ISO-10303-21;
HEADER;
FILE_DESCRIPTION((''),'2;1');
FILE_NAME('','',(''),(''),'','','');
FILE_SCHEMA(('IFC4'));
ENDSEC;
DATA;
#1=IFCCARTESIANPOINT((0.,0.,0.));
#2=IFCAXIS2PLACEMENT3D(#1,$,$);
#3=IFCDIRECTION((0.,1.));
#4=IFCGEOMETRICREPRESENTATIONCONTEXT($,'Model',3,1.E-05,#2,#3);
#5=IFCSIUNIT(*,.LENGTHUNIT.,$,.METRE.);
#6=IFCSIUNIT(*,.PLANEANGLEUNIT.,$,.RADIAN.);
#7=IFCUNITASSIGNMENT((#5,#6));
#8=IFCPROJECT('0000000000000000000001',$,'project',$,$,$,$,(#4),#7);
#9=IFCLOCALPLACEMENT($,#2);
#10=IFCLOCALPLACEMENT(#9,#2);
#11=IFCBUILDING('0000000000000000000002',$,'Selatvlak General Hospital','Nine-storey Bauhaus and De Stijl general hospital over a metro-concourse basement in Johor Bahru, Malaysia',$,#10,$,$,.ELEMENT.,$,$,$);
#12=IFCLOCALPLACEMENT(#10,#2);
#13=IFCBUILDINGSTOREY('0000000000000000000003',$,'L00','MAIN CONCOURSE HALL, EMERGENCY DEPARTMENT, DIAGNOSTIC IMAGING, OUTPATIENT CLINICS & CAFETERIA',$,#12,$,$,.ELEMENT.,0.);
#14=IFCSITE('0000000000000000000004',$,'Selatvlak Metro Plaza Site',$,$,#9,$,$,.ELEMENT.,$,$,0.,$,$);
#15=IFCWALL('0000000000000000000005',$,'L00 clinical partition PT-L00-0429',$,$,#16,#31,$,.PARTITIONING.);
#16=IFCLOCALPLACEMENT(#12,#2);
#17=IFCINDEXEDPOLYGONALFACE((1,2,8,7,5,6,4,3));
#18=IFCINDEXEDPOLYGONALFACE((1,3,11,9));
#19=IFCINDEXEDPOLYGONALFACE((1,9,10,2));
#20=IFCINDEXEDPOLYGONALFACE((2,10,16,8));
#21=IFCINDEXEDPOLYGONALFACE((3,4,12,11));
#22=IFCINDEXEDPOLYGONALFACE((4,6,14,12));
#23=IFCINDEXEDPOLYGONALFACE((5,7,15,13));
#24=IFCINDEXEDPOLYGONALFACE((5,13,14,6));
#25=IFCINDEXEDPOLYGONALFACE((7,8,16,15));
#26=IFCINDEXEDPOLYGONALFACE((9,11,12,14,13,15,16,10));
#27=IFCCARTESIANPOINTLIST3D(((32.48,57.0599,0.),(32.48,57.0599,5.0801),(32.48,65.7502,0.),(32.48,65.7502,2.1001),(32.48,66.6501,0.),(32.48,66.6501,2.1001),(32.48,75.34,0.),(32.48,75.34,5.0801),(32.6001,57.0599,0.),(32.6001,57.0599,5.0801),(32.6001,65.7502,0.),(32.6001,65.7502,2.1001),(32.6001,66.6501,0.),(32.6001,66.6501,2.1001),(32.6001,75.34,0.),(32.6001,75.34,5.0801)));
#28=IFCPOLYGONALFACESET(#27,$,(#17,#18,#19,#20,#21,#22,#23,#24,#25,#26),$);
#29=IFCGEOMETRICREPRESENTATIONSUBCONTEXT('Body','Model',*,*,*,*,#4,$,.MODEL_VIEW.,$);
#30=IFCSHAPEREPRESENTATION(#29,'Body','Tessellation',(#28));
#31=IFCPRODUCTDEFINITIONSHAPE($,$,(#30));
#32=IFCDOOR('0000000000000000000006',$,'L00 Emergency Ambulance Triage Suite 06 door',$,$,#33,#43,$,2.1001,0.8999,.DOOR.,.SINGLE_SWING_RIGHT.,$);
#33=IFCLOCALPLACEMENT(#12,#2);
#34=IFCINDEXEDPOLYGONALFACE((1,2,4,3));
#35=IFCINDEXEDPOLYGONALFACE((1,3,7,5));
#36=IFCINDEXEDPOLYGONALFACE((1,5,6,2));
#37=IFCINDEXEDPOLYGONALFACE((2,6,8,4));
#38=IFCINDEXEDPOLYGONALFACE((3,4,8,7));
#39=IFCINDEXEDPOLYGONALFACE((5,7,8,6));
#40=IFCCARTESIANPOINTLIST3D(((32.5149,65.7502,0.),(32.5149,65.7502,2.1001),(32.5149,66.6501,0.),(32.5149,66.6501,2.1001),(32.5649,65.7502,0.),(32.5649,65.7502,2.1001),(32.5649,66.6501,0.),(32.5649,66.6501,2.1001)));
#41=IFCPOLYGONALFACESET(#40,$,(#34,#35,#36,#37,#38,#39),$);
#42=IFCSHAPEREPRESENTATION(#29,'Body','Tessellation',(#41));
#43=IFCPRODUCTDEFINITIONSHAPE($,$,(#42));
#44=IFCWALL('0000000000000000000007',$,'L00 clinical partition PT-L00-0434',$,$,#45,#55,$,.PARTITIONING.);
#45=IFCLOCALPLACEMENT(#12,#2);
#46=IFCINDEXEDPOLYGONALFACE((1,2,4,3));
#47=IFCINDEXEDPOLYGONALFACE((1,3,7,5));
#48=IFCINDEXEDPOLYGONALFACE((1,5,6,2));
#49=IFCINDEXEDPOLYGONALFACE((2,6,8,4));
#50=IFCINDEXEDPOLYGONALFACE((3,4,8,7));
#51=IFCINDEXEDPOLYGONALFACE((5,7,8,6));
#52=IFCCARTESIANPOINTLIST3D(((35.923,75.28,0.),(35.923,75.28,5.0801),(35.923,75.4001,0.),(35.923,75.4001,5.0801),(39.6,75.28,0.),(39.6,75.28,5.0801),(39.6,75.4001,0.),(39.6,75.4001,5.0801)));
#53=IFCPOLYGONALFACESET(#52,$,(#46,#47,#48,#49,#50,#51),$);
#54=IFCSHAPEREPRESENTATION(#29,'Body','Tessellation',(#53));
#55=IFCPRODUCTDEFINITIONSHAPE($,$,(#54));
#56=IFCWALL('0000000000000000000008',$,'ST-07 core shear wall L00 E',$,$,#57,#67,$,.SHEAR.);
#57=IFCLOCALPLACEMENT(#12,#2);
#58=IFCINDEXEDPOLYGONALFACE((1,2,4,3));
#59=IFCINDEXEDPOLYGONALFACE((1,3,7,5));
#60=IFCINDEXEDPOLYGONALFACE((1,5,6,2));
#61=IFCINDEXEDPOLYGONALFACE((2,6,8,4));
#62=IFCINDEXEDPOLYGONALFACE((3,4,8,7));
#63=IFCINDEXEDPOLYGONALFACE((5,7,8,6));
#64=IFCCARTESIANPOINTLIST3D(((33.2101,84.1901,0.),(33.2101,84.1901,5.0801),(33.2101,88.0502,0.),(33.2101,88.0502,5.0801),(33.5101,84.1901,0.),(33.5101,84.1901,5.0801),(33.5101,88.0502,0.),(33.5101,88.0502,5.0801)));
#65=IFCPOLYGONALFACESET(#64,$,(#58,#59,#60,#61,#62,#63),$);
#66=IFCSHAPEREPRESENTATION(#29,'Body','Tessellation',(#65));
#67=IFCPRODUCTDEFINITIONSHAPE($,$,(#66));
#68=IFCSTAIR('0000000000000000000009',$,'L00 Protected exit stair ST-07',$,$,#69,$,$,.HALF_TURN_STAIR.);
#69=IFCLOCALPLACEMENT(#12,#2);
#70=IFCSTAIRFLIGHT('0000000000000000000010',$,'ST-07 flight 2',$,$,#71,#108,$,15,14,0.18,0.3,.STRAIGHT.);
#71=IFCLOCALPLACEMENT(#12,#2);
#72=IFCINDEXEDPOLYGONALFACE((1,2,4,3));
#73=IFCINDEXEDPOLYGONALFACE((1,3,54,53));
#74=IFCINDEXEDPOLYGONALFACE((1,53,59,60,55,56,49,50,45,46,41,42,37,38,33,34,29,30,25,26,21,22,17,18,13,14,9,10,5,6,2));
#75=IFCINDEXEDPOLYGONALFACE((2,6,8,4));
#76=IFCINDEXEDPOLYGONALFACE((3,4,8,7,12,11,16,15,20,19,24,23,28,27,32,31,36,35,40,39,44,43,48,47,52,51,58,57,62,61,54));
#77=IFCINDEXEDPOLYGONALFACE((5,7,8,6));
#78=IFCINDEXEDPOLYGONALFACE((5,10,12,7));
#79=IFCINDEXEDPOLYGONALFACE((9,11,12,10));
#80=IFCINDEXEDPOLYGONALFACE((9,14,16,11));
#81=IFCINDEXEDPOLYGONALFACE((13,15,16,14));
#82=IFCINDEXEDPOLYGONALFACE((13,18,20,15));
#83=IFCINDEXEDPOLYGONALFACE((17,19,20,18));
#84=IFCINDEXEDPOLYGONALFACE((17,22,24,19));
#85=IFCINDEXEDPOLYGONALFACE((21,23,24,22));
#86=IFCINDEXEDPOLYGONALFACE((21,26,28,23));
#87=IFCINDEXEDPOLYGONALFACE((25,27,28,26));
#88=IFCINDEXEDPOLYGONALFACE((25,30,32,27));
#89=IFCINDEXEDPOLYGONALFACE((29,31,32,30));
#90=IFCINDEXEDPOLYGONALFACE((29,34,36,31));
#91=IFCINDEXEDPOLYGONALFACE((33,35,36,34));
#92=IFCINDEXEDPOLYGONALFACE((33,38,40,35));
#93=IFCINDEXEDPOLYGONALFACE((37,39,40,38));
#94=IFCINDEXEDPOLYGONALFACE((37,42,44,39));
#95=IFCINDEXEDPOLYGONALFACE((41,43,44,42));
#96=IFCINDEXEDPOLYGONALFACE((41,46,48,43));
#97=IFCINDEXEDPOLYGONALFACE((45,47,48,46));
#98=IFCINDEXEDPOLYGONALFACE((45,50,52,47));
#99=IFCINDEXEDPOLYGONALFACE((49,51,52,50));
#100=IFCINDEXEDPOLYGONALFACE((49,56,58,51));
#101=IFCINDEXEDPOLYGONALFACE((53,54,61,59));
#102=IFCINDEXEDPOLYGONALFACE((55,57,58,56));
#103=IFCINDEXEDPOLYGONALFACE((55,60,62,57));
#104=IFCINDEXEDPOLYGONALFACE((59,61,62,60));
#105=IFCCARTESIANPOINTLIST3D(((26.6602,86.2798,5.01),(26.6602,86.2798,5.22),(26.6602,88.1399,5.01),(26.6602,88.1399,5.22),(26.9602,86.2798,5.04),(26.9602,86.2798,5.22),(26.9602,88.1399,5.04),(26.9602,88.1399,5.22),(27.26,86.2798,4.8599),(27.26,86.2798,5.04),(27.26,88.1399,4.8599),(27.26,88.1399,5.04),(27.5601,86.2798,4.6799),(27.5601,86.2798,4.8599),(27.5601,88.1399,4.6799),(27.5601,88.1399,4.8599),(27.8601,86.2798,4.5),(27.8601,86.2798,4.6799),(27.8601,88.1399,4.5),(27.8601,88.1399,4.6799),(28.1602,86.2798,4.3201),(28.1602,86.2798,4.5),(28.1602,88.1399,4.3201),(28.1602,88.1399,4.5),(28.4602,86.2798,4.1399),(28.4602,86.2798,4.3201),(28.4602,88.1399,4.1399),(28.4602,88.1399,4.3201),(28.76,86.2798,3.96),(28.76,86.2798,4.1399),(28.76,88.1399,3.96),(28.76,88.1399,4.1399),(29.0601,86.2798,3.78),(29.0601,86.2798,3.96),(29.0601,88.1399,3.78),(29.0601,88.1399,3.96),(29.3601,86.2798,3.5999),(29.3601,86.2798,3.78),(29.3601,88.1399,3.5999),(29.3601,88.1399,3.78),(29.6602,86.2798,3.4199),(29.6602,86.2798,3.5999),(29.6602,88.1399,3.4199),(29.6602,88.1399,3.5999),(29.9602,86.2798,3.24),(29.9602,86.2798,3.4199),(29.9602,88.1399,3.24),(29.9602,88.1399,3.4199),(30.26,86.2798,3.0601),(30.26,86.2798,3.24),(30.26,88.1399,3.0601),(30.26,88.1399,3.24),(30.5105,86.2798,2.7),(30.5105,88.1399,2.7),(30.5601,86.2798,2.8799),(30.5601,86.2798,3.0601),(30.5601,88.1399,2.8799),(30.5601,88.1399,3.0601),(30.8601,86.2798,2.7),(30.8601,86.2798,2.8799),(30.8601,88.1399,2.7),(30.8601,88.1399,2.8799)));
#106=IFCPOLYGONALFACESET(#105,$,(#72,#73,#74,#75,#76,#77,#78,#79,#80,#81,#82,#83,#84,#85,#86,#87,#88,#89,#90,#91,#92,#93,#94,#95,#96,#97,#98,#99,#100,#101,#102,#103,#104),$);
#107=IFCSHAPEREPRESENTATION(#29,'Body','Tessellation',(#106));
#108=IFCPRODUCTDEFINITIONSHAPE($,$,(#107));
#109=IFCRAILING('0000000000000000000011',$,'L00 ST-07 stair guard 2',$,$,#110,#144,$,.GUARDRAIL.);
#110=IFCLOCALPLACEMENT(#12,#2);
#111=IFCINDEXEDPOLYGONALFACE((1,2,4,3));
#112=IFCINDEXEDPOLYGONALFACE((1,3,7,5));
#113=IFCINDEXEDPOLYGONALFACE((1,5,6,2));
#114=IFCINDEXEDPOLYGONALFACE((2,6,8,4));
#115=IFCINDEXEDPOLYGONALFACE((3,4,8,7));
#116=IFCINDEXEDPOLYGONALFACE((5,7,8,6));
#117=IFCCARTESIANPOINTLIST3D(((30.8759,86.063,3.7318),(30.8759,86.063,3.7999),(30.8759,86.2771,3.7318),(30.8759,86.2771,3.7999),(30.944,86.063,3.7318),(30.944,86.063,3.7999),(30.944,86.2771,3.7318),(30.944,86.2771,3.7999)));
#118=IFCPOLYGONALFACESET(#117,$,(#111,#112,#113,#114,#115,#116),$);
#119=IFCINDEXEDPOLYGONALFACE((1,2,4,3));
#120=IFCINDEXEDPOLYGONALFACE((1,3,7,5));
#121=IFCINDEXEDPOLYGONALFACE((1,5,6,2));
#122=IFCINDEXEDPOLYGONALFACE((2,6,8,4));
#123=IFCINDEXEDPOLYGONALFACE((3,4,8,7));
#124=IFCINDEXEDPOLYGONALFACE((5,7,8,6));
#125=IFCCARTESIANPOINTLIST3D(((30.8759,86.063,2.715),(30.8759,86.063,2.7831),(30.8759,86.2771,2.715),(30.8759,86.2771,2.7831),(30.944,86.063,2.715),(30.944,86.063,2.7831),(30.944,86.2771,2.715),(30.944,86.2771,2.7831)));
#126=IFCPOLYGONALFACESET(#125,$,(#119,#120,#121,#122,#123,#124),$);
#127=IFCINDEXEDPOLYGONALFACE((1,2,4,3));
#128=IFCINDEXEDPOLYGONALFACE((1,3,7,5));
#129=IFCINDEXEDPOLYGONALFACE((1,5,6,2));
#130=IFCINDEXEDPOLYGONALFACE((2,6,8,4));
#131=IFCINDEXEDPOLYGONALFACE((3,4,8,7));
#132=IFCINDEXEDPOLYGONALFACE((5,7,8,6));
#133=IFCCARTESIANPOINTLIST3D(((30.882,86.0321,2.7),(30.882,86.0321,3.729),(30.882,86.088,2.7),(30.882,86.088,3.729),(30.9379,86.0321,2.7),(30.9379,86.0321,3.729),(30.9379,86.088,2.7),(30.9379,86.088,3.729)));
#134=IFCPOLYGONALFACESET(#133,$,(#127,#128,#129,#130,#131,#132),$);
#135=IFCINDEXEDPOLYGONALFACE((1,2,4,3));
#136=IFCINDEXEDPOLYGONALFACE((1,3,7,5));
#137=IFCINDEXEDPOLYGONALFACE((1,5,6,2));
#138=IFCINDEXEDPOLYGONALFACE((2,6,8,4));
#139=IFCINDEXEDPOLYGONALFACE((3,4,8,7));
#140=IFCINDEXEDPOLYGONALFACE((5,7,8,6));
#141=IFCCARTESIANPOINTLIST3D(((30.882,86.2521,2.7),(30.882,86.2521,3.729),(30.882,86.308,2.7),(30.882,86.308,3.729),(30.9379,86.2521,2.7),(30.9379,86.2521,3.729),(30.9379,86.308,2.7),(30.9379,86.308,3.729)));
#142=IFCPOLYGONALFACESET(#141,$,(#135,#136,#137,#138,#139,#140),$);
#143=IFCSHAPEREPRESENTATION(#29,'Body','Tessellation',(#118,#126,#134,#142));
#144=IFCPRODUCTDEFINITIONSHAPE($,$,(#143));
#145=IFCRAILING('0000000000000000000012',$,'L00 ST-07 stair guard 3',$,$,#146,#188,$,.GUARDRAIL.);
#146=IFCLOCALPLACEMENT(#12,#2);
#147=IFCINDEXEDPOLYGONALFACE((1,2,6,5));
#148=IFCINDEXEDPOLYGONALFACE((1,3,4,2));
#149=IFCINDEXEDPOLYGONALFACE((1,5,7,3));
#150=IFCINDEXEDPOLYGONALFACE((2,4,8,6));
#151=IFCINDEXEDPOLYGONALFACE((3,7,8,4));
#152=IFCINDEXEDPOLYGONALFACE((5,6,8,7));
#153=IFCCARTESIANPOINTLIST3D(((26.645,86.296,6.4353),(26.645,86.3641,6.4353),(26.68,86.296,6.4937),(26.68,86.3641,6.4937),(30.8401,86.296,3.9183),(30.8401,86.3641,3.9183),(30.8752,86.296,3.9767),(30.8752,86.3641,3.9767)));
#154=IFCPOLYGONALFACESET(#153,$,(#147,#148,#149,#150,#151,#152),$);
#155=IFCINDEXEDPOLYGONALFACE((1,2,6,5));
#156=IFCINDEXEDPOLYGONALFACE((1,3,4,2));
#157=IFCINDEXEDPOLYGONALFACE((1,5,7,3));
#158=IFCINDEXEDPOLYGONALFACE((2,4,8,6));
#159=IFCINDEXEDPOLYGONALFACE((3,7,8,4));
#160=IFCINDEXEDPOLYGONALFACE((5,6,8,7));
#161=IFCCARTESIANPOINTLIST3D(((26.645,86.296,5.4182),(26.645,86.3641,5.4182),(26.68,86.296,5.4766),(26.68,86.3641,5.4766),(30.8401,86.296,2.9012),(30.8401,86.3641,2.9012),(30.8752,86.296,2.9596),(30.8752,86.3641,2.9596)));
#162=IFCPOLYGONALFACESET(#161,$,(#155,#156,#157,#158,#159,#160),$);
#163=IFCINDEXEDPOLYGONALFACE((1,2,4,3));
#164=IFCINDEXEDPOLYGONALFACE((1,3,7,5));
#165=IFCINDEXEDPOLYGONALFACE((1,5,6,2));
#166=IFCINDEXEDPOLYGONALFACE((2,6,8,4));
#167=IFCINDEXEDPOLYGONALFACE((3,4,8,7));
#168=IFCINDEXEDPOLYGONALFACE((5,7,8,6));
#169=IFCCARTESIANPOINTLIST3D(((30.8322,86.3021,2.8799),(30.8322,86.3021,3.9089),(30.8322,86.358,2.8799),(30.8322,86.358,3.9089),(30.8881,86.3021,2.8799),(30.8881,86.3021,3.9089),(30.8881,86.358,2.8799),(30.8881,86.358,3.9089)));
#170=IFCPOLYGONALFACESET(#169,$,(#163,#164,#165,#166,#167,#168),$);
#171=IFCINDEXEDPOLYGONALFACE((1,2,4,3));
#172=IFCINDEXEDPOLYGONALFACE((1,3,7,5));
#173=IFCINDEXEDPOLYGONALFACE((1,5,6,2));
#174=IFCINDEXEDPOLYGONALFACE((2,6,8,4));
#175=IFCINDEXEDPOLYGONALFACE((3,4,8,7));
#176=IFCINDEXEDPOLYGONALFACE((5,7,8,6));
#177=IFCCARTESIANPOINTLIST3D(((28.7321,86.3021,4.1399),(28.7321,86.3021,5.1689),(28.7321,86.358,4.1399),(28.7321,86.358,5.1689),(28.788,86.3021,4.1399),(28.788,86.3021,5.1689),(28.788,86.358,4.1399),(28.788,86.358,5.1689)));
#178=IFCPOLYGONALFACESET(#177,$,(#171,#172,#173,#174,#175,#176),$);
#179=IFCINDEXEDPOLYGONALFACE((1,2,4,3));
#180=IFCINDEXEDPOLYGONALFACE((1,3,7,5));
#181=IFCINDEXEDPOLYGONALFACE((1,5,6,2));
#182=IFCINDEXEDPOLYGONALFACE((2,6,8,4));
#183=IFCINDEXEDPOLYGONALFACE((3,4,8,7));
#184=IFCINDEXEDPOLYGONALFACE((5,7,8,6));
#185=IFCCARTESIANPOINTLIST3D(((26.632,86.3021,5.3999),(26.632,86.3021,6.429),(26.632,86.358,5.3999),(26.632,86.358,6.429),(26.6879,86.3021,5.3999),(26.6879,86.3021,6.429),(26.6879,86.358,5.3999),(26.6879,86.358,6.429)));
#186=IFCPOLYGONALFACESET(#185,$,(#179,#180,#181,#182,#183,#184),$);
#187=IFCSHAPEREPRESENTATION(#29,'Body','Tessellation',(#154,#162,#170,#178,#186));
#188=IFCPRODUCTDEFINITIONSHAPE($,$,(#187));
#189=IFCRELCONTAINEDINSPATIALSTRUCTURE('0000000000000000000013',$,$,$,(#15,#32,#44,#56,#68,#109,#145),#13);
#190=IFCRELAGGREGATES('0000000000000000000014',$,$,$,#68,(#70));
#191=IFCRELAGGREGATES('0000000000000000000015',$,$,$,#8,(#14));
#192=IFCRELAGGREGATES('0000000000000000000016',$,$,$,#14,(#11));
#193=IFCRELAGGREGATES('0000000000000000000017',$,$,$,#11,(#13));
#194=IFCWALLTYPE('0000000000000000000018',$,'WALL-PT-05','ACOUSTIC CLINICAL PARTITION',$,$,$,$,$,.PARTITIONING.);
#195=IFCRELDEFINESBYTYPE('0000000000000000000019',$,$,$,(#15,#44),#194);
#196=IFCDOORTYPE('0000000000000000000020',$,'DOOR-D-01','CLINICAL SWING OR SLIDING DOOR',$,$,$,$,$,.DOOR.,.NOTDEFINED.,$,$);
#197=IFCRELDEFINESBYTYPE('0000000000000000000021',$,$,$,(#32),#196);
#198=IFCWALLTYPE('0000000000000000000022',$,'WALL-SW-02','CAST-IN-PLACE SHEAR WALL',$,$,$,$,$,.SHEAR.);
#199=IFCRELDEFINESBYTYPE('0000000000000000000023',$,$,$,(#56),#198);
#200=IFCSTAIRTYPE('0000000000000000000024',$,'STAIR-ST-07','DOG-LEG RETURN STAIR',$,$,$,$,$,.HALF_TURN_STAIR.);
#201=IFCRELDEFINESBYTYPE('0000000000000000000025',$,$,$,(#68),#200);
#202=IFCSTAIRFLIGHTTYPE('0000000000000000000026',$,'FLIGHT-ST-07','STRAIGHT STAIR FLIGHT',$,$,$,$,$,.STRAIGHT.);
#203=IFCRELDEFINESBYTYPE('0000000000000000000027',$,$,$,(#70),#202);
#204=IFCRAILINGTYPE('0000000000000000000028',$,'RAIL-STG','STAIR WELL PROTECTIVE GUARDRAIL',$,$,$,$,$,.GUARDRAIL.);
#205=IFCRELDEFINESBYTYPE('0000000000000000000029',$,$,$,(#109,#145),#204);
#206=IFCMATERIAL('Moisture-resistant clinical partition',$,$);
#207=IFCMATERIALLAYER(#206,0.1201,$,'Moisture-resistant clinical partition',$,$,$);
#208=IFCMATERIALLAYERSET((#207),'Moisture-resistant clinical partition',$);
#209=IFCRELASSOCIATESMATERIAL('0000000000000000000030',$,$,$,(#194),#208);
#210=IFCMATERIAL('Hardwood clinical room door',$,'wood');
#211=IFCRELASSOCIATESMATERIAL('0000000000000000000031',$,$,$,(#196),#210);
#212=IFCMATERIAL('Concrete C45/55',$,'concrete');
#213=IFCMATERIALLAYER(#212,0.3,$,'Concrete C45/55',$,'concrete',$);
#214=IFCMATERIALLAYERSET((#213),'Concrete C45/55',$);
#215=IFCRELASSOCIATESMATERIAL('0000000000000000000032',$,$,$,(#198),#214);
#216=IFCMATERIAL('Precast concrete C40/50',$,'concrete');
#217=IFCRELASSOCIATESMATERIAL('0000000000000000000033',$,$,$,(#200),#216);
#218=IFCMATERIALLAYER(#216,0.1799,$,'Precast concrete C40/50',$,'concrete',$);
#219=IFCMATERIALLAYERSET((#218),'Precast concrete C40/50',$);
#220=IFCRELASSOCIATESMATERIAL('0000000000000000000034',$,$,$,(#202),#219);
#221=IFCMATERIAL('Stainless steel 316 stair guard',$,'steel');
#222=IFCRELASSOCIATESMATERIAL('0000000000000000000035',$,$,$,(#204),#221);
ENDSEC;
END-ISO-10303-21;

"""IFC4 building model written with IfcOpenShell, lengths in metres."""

from ifc_helpers import new_model, si_unit, direction, frame, frame_2d, origin, origin_2d, place, context, subcontext, project, spatial, polyline, rectangle, outline, extrude, material, layer, layer_set, type_object, element, fill, aggregate, save


model = new_model("IFC4")

# Units and contexts
model_context = context("Model", 3, precision=1e-05, world=origin(), true_north=direction((0.0, 1.0)))
body_context = subcontext(model_context, "Body", "Model", "MODEL_VIEW")
ifc_project = project(units=[si_unit("LENGTHUNIT", "METRE"), si_unit("PLANEANGLEUNIT", "RADIAN")], contexts=[model_context])

# Site, building, storey
site_placement = place(None, origin())
site = spatial("IfcSite", under=ifc_project, at=site_placement, Name="Selatvlak Metro Plaza Site", CompositionType="ELEMENT", RefElevation=0.0)
building_placement = place(site_placement, origin())
building = spatial("IfcBuilding", under=site, at=building_placement, Name="Selatvlak General Hospital", Description="Nine-storey Bauhaus and De Stijl general hospital over a metro-concourse basement in Johor Bahru, Malaysia", CompositionType="ELEMENT")
storey_placement = place(building_placement, origin())
storey = spatial("IfcBuildingStorey", under=building, at=storey_placement, Name="L00", Description="MAIN CONCOURSE HALL, EMERGENCY DEPARTMENT, DIAGNOSTIC IMAGING, OUTPATIENT CLINICS & CAFETERIA", CompositionType="ELEMENT", Elevation=0.0)

# Shared definitions
ifc_material_1 = material(Name="Moisture-resistant clinical partition")

# Shared definitions
ifc_layer_1 = layer(ifc_material_1, 0.1201, Name="Moisture-resistant clinical partition")
ifc_layer_set_1 = layer_set([ifc_layer_1], Name="Moisture-resistant clinical partition")
wall_type_1 = type_object("IfcWallType", Name="WALL-PT-05", Description="ACOUSTIC CLINICAL PARTITION", PredefinedType="PARTITIONING", material=ifc_layer_set_1)

# Wall, opening, door
wall_1_placement = place(storey_placement, frame((32.54, 75.3401, 0.0), z_axis=(0.0, 0.0, 1.0), x_axis=(0.0, -1.0, 0.0)))
wall_1 = element("IfcWall", 1, at=wall_1_placement, inside=storey, type_object=wall_type_1, Name="L00 clinical partition PT-L00-0429", PredefinedType="PARTITIONING", context=body_context, shape_type="SweptSolid", body=[
    extrude(rectangle(XDim=18.28, YDim=0.1201, at=frame_2d((9.1401, 0.0))), origin(), (0.0, 0.0, 1.0), 5.0801),
])
opening_1_placement = place(wall_1_placement, frame((8.6899, 0.0, 0.0)))
opening_1 = element("IfcOpeningElement", 2, at=opening_1_placement, cuts=wall_1, PredefinedType="OPENING", context=body_context, shape_type="SweptSolid", body=[
    extrude(rectangle(XDim=0.8999, YDim=2.1001, at=frame_2d((0.45, 1.05))), frame((0.0, 0.0701, 0.0), z_axis=(0.0, -1.0, 0.0), x_axis=(1.0, 0.0, 0.0)), (0.0, 0.0, 1.0), 0.1401),
])
ifc_material_2 = material(Name="Hardwood clinical room door", Category="wood")
door_type_1 = type_object("IfcDoorType", Name="DOOR-D-01", Description="CLINICAL SWING OR SLIDING DOOR", OperationType="NOTDEFINED", PredefinedType="DOOR", material=ifc_material_2)
door_1_placement = place(opening_1_placement, origin())
door_1 = element("IfcDoor", 3, at=door_1_placement, inside=storey, type_object=door_type_1, Name="L00 Emergency Ambulance Triage Suite 06 door", OperationType="SINGLE_SWING_RIGHT", OverallHeight=2.1001, OverallWidth=0.8999, PredefinedType="DOOR", context=body_context, shape_type="SweptSolid", body=[
    extrude(rectangle(XDim=0.8999, YDim=2.1001, at=frame_2d((0.45, 1.05))), frame((0.0, 0.0249, 0.0), z_axis=(0.0, -1.0, 0.0), x_axis=(1.0, 0.0, 0.0)), (0.0, 0.0, 1.0), 0.05),
])
fill(opening_1, door_1)

# Walls
wall_2_placement = place(storey_placement, frame((35.9231, 75.3401, 0.0), z_axis=(0.0, 0.0, 1.0), x_axis=(1.0, 0.0, 0.0)))
element("IfcWall", 4, at=wall_2_placement, inside=storey, type_object=wall_type_1, Name="L00 clinical partition PT-L00-0434", PredefinedType="PARTITIONING", context=body_context, shape_type="SweptSolid", body=[
    extrude(rectangle(XDim=3.677, YDim=0.1201, at=frame_2d((1.8384, 0.0))), origin(), (0.0, 0.0, 1.0), 5.0801),
])
ifc_material_3 = material(Name="Concrete C45/55", Category="concrete")
ifc_layer_2 = layer(ifc_material_3, 0.3, Name="Concrete C45/55", Category="concrete")
ifc_layer_set_2 = layer_set([ifc_layer_2], Name="Concrete C45/55")
wall_type_2 = type_object("IfcWallType", Name="WALL-SW-02", Description="CAST-IN-PLACE SHEAR WALL", PredefinedType="SHEAR", material=ifc_layer_set_2)
wall_3_placement = place(storey_placement, frame((33.3601, 84.1899, 0.0), z_axis=(0.0, 0.0, 1.0), x_axis=(0.0, 1.0, 0.0)))
element("IfcWall", 5, at=wall_3_placement, inside=storey, type_object=wall_type_2, Name="ST-07 core shear wall L00 E", PredefinedType="SHEAR", context=body_context, shape_type="SweptSolid", body=[
    extrude(rectangle(XDim=3.8601, YDim=0.3, at=frame_2d((1.9302, 0.0))), origin(), (0.0, 0.0, 1.0), 5.0801),
])

# Stair, stair flight
ifc_material_4 = material(Name="Precast concrete C40/50", Category="concrete")
stair_type = type_object("IfcStairType", Name="STAIR-ST-07", Description="DOG-LEG RETURN STAIR", PredefinedType="HALF_TURN_STAIR", material=ifc_material_4)
stair_placement = place(storey_placement, origin())
stair = element("IfcStair", 6, at=stair_placement, inside=storey, type_object=stair_type, Name="L00 Protected exit stair ST-07", PredefinedType="HALF_TURN_STAIR")
ifc_layer_3 = layer(ifc_material_4, 0.1799, Name="Precast concrete C40/50", Category="concrete")
ifc_layer_set_3 = layer_set([ifc_layer_3], Name="Precast concrete C40/50")
stair_flight_type = type_object("IfcStairFlightType", Name="FLIGHT-ST-07", Description="STRAIGHT STAIR FLIGHT", PredefinedType="STRAIGHT", material=ifc_layer_set_3)
stair_flight_placement = place(storey_placement, frame((30.8601, 87.21, 2.7), z_axis=(0.0, 0.0, 1.0), x_axis=(-1.0, 0.0, 0.0)))
stair_flight = element("IfcStairFlight", 7, at=stair_flight_placement, type_object=stair_flight_type, Name="ST-07 flight 2", NumberOfRisers=15, NumberOfTreads=14, PredefinedType="STRAIGHT", RiserHeight=0.18, TreadLength=0.3, context=body_context, shape_type="SweptSolid", body=[
    extrude(outline(polyline([(0.0, 0.0), (0.0, 0.1799), (0.3, 0.1799), (0.3, 0.3601), (0.6001, 0.3601), (0.6001, 0.54), (0.8999, 0.54), (0.8999, 0.72), (1.2, 0.72), (1.2, 0.8999), (1.5, 0.8999), (1.5, 1.0801), (1.8, 1.0801), (1.8, 1.26), (2.1001, 1.26), (2.1001, 1.4399), (2.3999, 1.4399), (2.3999, 1.6201), (2.7, 1.6201), (2.7, 1.8), (3.0, 1.8), (3.0, 1.98), (3.3, 1.98), (3.3, 2.1599), (3.6001, 2.1599), (3.6001, 2.3401), (3.8999, 2.3401), (3.8999, 2.52), (4.2, 2.52), (4.2, 2.7), (4.2, 2.3101), (0.3496, 0.0), (0.0, 0.0)])), frame((0.0, 0.9302, 0.0), z_axis=(0.0, -1.0, 0.0), x_axis=(1.0, 0.0, 0.0)), (0.0, 0.0, 1.0), 1.8601),
])
aggregate(stair, [stair_flight])

# Railings
ifc_material_5 = material(Name="Stainless steel 316 stair guard", Category="steel")
railing_type_1 = type_object("IfcRailingType", Name="RAIL-STG", Description="STAIR WELL PROTECTIVE GUARDRAIL", PredefinedType="GUARDRAIL", material=ifc_material_5)
railing_1_placement = place(storey_placement, frame((30.9099, 86.0601, 2.7)))
element("IfcRailing", 8, at=railing_1_placement, inside=storey, type_object=railing_type_1, Name="L00 ST-07 stair guard 2", PredefinedType="GUARDRAIL", context=body_context, shape_type="SweptSolid", body=[
    extrude(rectangle(XDim=0.0681, YDim=0.0681, at=origin_2d()), frame((0.0, 0.0029, 1.0659), z_axis=(0.0, 1.0, 0.0), x_axis=(-1.0, 0.0, 0.0)), (0.0, 0.0, 1.0), 0.2141),
    extrude(rectangle(XDim=0.0681, YDim=0.0681, at=origin_2d()), frame((0.0, 0.0029, 0.0491), z_axis=(0.0, 1.0, 0.0), x_axis=(-1.0, 0.0, 0.0)), (0.0, 0.0, 1.0), 0.2141),
    extrude(rectangle(XDim=0.0559, YDim=0.0559, at=origin_2d()), origin(), (0.0, 0.0, 1.0), 1.0291),
    extrude(rectangle(XDim=0.0559, YDim=0.0559, at=origin_2d()), frame((0.0, 0.22, 0.0)), (0.0, 0.0, 1.0), 1.0291),
])
railing_2_placement = place(storey_placement, frame((30.8601, 86.3301, 2.8799)))
element("IfcRailing", 9, at=railing_2_placement, inside=storey, type_object=railing_type_1, Name="L00 ST-07 stair guard 3", PredefinedType="GUARDRAIL", context=body_context, shape_type="SweptSolid", body=[
    extrude(rectangle(XDim=0.0681, YDim=0.0681, at=origin_2d()), frame((-0.0024, 0.0, 1.0676), z_axis=(-0.857502, 0.0, 0.514481), x_axis=(0.0, -1.0, 0.0)), (0.0, 0.0, 1.0), 4.8923),
    extrude(rectangle(XDim=0.0681, YDim=0.0681, at=origin_2d()), frame((-0.0024, 0.0, 0.0505), z_axis=(-0.857502, 0.0, 0.514481), x_axis=(0.0, -1.0, 0.0)), (0.0, 0.0, 1.0), 4.8923),
    extrude(rectangle(XDim=0.0559, YDim=0.0559, at=origin_2d()), origin(), (0.0, 0.0, 1.0), 1.0291),
    extrude(rectangle(XDim=0.0559, YDim=0.0559, at=origin_2d()), frame((-2.1001, 0.0, 1.26)), (0.0, 0.0, 1.0), 1.0291),
    extrude(rectangle(XDim=0.0559, YDim=0.0559, at=origin_2d()), frame((-4.2002, 0.0, 2.52)), (0.0, 0.0, 1.0), 1.0291),
])

save(model, "model.ifc")
